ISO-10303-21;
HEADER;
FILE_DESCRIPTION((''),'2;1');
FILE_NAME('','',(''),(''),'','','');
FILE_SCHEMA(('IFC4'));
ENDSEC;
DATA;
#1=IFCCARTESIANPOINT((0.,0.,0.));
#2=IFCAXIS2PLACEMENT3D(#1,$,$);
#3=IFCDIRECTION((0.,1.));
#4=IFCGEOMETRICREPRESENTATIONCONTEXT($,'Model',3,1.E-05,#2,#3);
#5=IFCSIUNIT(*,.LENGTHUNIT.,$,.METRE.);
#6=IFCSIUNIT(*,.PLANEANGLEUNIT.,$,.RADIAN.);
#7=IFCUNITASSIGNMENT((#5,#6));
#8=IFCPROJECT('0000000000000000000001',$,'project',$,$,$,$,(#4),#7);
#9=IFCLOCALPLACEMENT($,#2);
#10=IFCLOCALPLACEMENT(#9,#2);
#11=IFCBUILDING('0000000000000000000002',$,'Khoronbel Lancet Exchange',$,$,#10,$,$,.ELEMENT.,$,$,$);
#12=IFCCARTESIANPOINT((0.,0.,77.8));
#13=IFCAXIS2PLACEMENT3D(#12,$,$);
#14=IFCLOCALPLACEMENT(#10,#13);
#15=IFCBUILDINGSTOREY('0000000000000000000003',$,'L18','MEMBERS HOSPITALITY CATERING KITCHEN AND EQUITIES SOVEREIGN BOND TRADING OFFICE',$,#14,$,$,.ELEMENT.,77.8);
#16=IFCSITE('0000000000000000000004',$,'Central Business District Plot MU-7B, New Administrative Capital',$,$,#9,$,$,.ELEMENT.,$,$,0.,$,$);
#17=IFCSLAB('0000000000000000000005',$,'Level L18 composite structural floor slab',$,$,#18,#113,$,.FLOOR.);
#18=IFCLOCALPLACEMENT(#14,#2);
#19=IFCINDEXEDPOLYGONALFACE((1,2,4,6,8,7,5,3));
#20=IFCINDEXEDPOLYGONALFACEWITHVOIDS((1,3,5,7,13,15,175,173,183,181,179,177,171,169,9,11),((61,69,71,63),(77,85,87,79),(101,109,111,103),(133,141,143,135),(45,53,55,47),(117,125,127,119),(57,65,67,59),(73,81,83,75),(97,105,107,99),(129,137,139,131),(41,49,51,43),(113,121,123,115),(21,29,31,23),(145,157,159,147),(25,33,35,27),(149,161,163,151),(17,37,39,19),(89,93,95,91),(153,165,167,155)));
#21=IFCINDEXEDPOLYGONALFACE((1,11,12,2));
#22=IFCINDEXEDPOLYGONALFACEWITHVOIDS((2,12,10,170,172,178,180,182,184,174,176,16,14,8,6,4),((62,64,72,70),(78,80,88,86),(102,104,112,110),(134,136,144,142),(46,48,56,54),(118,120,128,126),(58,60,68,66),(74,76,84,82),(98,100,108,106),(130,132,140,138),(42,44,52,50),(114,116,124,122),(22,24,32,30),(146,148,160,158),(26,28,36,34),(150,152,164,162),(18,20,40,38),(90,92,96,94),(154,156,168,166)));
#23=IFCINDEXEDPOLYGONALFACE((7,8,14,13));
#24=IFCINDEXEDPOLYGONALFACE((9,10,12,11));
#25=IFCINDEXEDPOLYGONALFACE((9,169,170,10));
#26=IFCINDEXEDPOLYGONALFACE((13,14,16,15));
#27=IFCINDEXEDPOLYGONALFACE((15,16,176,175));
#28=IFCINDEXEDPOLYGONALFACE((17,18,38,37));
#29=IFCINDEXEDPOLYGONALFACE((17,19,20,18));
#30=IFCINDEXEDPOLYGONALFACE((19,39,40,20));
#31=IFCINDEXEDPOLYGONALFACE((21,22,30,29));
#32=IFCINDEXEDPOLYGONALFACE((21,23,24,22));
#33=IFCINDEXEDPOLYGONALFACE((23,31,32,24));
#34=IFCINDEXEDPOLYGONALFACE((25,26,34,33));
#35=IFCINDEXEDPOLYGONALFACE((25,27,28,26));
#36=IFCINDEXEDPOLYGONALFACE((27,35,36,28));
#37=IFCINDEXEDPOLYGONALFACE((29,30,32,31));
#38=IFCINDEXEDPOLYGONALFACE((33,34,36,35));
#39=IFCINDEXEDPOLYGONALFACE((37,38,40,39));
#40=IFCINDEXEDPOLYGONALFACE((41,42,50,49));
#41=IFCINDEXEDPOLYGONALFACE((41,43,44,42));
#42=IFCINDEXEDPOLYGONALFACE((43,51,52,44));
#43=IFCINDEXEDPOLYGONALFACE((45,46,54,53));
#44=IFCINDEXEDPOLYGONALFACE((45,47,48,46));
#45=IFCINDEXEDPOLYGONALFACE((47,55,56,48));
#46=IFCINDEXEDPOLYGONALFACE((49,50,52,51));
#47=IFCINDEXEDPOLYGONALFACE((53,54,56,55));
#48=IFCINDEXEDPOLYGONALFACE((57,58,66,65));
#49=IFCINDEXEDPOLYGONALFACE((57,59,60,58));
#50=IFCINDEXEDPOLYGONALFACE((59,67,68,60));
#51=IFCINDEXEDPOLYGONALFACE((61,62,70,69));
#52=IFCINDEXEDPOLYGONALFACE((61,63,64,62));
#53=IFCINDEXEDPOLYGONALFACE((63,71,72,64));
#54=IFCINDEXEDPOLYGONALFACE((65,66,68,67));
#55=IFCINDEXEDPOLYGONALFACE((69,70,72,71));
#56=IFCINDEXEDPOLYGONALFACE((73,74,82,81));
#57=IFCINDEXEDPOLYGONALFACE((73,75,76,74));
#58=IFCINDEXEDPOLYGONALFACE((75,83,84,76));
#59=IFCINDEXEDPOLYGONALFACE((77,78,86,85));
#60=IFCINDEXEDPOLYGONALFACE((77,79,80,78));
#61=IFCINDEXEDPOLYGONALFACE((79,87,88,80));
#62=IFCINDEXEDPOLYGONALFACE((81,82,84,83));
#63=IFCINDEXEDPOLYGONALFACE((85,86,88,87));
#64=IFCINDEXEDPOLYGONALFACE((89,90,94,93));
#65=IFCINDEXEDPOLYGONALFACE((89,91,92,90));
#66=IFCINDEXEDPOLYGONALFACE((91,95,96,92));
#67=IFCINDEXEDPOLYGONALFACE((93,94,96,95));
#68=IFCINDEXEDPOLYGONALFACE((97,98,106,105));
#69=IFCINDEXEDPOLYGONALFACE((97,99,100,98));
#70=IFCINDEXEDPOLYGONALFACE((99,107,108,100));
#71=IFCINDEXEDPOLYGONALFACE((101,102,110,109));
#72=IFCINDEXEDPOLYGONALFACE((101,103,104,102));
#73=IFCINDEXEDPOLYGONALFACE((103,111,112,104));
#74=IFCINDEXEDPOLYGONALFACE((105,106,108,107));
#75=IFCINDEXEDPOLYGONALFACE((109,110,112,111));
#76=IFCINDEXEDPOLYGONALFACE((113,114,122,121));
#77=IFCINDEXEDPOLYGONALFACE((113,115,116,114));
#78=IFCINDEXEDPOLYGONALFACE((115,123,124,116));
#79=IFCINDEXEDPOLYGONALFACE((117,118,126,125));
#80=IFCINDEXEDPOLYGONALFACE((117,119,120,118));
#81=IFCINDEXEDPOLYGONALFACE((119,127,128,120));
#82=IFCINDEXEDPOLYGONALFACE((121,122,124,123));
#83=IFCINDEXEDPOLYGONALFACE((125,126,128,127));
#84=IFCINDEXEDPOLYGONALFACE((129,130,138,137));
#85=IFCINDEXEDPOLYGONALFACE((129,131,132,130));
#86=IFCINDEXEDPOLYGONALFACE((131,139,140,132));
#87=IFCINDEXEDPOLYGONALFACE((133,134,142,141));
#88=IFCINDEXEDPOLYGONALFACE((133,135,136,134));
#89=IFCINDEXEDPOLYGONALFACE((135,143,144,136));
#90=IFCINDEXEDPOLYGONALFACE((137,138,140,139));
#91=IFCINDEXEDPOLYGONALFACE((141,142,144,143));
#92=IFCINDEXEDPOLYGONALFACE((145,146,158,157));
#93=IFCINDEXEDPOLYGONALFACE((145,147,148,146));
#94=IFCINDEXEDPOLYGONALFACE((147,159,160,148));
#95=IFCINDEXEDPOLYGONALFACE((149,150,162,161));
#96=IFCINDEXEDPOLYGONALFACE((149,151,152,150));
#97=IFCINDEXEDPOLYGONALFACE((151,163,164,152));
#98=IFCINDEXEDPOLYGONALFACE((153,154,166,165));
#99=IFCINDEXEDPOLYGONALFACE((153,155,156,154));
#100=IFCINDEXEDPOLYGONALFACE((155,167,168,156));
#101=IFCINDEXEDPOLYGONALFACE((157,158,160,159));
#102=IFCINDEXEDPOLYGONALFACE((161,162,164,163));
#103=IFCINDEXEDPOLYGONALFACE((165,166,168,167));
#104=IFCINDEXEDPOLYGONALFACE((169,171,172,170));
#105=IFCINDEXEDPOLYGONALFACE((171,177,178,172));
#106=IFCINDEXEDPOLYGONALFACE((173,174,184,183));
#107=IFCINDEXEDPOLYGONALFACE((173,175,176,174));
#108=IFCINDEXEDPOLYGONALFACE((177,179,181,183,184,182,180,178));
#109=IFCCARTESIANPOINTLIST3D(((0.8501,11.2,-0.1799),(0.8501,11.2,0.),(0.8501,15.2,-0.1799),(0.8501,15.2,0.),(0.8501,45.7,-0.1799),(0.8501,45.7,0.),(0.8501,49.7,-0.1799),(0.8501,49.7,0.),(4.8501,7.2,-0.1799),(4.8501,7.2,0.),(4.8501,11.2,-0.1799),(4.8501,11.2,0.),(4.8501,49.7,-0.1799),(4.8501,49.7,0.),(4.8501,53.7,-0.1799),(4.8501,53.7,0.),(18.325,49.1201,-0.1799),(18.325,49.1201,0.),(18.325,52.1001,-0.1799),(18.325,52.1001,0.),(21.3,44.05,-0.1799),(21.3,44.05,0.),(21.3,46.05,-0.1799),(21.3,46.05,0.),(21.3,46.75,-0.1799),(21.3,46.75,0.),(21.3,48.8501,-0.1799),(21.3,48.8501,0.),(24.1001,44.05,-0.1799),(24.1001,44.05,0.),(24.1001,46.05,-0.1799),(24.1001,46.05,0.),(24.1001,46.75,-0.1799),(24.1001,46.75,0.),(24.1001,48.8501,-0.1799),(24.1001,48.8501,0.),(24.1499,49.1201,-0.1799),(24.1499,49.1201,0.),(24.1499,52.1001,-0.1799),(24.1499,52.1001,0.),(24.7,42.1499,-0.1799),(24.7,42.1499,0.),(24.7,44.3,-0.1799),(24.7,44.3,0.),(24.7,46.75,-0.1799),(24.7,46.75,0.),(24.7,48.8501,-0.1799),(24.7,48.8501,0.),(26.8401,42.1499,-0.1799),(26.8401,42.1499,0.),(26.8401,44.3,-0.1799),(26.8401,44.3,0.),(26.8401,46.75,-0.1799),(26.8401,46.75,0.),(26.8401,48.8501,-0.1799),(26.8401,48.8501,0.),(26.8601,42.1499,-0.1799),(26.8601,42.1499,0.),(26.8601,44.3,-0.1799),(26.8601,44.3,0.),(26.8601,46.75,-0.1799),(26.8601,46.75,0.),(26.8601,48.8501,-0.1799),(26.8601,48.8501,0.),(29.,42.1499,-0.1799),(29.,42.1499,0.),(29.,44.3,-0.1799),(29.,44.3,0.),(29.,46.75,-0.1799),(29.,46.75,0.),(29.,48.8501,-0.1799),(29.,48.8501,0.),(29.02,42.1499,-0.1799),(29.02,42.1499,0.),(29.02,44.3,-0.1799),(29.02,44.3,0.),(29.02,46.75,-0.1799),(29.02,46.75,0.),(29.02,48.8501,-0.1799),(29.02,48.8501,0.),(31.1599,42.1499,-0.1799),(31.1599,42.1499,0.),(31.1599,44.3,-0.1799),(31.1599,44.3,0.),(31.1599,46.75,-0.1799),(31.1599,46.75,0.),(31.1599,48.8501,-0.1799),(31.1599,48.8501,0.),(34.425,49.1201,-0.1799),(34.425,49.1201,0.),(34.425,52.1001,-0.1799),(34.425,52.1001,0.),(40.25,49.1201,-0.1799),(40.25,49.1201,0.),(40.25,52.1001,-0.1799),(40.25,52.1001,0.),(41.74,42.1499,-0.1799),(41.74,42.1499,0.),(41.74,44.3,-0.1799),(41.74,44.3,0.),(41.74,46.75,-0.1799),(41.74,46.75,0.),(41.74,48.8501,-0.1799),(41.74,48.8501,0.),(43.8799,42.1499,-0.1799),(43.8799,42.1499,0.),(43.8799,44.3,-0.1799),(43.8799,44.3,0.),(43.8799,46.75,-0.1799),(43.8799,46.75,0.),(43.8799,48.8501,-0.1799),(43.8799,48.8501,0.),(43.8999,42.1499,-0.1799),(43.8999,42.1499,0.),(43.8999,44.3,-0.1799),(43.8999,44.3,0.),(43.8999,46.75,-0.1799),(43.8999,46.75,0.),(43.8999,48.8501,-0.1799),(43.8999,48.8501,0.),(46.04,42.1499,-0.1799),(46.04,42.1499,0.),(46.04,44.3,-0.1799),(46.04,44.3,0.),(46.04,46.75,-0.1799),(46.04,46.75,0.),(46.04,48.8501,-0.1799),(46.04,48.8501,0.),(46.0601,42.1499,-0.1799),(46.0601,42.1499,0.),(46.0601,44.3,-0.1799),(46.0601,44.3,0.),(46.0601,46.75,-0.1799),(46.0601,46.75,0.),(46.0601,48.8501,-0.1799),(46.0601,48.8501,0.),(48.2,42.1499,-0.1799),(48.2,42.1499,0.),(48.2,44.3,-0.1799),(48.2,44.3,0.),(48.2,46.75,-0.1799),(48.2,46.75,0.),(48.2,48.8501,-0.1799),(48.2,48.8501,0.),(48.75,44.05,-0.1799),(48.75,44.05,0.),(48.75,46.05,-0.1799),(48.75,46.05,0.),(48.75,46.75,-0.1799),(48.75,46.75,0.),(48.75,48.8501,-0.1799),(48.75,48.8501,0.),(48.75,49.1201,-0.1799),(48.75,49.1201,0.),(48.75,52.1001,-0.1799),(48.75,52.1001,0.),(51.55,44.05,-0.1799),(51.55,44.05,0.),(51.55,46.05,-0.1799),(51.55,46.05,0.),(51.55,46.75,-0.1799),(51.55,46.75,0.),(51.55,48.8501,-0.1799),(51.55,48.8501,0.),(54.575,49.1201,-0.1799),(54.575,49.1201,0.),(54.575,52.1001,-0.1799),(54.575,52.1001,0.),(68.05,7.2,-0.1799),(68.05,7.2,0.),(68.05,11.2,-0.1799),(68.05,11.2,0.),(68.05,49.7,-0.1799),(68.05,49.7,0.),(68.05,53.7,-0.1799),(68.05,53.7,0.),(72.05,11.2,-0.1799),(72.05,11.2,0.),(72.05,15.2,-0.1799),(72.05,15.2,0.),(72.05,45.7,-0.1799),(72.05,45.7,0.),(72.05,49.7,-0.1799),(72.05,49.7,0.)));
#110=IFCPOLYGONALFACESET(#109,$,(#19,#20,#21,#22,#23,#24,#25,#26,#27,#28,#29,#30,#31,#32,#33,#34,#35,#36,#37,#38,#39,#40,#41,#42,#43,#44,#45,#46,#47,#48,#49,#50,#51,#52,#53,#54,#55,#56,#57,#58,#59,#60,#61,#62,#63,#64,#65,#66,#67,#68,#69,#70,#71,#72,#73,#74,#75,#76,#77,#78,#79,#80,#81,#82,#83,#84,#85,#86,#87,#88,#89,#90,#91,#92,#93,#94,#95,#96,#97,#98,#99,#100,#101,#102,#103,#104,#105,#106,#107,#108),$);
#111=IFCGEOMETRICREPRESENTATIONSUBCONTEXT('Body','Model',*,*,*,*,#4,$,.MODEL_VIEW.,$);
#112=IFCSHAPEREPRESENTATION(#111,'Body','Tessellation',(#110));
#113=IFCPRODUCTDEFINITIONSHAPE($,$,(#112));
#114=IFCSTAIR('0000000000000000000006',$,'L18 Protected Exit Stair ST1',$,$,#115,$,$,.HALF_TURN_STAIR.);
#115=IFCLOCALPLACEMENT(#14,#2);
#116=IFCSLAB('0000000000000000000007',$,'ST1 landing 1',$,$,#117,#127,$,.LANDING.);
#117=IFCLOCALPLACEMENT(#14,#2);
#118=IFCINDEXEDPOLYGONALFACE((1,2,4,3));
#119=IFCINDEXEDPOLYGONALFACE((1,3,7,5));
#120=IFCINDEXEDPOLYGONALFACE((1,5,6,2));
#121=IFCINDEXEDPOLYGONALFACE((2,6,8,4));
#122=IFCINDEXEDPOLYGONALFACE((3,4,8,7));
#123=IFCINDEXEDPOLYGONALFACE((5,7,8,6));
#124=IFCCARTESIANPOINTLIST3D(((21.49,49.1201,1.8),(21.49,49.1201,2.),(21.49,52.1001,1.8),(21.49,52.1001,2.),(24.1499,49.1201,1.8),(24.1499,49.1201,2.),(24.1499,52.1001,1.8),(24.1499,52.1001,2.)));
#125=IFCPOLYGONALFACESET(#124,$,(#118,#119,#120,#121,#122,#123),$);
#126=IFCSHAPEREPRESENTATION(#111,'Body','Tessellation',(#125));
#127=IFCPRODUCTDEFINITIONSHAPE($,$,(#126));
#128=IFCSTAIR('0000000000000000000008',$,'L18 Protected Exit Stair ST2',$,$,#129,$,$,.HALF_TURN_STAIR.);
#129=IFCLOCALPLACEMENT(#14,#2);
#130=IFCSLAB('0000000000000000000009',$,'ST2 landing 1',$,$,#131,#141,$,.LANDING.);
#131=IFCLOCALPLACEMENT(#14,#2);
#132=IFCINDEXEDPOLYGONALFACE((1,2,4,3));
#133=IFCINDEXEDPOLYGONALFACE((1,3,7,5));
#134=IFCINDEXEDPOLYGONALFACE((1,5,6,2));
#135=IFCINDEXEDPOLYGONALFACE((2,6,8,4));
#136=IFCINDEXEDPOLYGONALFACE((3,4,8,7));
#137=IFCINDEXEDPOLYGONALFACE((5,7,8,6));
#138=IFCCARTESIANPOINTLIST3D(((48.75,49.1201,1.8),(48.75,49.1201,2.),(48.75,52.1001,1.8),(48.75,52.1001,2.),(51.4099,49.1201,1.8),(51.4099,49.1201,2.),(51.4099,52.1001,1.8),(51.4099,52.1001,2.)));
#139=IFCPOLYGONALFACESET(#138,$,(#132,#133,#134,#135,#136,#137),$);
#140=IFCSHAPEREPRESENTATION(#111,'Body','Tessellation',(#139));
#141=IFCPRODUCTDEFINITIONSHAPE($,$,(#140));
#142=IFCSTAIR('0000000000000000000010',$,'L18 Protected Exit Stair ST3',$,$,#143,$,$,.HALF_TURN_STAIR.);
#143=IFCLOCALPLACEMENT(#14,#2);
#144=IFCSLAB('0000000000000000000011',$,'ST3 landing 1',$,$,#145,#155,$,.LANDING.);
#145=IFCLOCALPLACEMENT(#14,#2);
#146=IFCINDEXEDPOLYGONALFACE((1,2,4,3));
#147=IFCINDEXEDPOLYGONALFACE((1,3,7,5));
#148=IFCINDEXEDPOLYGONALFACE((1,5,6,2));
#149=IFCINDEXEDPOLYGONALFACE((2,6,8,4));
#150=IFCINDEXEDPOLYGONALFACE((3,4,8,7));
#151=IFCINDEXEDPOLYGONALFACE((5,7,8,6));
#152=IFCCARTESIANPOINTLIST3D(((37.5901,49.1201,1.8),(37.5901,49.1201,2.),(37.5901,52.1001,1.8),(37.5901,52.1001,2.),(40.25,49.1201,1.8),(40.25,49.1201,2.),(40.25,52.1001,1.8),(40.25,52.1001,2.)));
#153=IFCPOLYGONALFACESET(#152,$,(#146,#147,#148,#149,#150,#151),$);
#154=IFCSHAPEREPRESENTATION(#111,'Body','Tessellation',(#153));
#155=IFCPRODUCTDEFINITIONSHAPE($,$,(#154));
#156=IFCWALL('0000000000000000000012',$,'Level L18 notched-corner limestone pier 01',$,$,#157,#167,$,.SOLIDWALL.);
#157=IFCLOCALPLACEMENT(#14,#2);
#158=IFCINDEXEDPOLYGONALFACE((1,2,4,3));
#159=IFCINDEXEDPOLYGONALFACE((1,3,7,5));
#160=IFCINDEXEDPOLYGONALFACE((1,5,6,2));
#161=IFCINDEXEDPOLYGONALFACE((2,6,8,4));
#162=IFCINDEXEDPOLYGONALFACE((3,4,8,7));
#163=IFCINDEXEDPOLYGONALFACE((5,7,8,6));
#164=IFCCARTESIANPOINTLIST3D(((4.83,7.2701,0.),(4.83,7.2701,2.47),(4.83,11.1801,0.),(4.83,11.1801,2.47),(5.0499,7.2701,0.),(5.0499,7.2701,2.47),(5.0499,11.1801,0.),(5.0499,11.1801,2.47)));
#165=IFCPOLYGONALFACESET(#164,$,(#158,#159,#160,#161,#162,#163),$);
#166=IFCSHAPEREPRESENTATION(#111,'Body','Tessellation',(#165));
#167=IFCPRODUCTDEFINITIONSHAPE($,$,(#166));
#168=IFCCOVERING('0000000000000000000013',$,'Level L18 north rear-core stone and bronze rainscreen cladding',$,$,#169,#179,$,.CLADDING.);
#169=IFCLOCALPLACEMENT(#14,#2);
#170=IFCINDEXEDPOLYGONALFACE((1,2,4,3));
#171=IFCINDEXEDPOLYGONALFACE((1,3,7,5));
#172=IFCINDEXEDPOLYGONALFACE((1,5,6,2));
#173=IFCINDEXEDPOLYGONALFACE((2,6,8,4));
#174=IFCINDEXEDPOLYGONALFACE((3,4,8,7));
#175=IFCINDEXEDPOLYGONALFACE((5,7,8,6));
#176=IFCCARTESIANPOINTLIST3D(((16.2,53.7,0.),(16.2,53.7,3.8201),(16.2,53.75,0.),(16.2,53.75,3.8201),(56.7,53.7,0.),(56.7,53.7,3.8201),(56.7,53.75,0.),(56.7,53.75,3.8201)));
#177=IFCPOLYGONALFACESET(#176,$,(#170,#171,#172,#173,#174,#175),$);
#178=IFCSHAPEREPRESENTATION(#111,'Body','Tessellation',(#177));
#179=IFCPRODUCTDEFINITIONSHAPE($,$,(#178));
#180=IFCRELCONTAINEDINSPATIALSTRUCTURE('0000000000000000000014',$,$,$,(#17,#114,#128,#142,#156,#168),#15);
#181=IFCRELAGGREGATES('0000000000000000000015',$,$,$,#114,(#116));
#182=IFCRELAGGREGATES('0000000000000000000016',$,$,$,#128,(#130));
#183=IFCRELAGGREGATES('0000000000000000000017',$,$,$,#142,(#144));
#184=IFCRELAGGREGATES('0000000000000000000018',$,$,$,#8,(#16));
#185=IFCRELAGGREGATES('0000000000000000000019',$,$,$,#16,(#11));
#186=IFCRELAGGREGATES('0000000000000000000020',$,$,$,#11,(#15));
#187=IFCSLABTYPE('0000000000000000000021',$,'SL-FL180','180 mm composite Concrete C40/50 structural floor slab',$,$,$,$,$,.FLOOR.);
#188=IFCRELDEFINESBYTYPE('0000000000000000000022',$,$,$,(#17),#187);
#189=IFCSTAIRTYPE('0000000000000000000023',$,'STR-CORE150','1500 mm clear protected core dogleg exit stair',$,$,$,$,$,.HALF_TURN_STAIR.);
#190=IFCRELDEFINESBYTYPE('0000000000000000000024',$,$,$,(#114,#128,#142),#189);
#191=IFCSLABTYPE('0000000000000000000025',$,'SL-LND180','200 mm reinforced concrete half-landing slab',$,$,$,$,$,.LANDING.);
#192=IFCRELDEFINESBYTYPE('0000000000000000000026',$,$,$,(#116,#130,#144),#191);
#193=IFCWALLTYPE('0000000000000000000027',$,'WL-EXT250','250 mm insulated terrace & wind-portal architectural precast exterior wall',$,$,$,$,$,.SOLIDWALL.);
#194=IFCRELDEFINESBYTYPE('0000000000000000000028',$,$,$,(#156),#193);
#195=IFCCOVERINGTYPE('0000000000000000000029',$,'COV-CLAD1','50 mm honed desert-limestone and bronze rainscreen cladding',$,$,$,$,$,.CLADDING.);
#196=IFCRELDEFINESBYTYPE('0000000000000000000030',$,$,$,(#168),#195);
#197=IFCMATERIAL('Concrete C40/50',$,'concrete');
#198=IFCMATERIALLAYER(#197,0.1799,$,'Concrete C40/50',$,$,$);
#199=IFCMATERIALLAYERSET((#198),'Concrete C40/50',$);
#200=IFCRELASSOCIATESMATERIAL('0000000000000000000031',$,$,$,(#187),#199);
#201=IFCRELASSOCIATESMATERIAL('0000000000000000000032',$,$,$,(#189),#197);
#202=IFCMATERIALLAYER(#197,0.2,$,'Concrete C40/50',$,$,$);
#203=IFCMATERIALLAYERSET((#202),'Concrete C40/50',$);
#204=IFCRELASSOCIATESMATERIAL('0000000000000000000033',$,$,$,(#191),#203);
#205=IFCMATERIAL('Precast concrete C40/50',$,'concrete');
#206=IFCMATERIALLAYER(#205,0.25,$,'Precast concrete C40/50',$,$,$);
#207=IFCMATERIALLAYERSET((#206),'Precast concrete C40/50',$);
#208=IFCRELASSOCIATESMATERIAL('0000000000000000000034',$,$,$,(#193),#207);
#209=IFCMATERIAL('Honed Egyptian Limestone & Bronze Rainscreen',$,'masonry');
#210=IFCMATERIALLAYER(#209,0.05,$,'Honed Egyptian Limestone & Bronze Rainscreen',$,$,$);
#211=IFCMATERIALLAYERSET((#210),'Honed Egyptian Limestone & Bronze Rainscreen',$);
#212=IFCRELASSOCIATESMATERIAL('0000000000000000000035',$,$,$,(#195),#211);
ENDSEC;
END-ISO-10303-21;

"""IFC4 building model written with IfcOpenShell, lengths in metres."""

from ifc_helpers import new_model, si_unit, direction, frame, frame_2d, origin, place, context, subcontext, project, spatial, polyline, rectangle, outline, extrude, material, layer, layer_set, type_object, element, aggregate, save


model = new_model("IFC4")

# Units and contexts
model_context = context("Model", 3, precision=1e-05, world=origin(), true_north=direction((0.0, 1.0)))
body_context = subcontext(model_context, "Body", "Model", "MODEL_VIEW")
ifc_project = project(units=[si_unit("LENGTHUNIT", "METRE"), si_unit("PLANEANGLEUNIT", "RADIAN")], contexts=[model_context])

# Site, building, storey
site_placement = place(None, origin())
site = spatial("IfcSite", under=ifc_project, at=site_placement, Name="Central Business District Plot MU-7B, New Administrative Capital", CompositionType="ELEMENT", RefElevation=0.0)
building_placement = place(site_placement, origin())
building = spatial("IfcBuilding", under=site, at=building_placement, Name="Khoronbel Lancet Exchange", CompositionType="ELEMENT")
storey_placement = place(building_placement, frame((0.0, 0.0, 77.8)))
storey = spatial("IfcBuildingStorey", under=building, at=storey_placement, Name="L18", Description="MEMBERS HOSPITALITY CATERING KITCHEN AND EQUITIES SOVEREIGN BOND TRADING OFFICE", CompositionType="ELEMENT", Elevation=77.8)

# Slab
ifc_material_1 = material(Name="Concrete C40/50", Category="concrete")
ifc_layer_1 = layer(ifc_material_1, 0.1799, Name="Concrete C40/50")
ifc_layer_set_1 = layer_set([ifc_layer_1], Name="Concrete C40/50")
slab_type_1 = type_object("IfcSlabType", Name="SL-FL180", Description="180 mm composite Concrete C40/50 structural floor slab", PredefinedType="FLOOR", material=ifc_layer_set_1)
slab_1_placement = place(storey_placement, frame((0.0, 0.0, -0.1799)))
element("IfcSlab", 1, at=slab_1_placement, inside=storey, type_object=slab_type_1, Name="Level L18 composite structural floor slab", PredefinedType="FLOOR", context=body_context, shape_type="SweptSolid", body=[
    extrude(outline(polyline([(4.8501, 7.2), (68.05, 7.2), (68.05, 11.2), (72.05, 11.2), (72.05, 15.2), (72.05, 45.7), (72.05, 49.7), (68.05, 49.7), (68.05, 53.7), (4.8501, 53.7), (4.8501, 49.7), (0.8501, 49.7), (0.8501, 45.7), (0.8501, 15.2), (0.8501, 11.2), (4.8501, 11.2), (4.8501, 7.2)]), holes=[polyline([(18.325, 49.1201), (24.1499, 49.1201), (24.1499, 52.1001), (18.325, 52.1001), (18.325, 49.1201)]), polyline([(48.75, 49.1201), (54.575, 49.1201), (54.575, 52.1001), (48.75, 52.1001), (48.75, 49.1201)]), polyline([(34.425, 49.1201), (40.25, 49.1201), (40.25, 52.1001), (34.425, 52.1001), (34.425, 49.1201)]), polyline([(24.7, 46.75), (26.8401, 46.75), (26.8401, 48.8501), (24.7, 48.8501), (24.7, 46.75)]), polyline([(26.8601, 46.75), (29.0, 46.75), (29.0, 48.8501), (26.8601, 48.8501), (26.8601, 46.75)]), polyline([(29.02, 46.75), (31.1599, 46.75), (31.1599, 48.8501), (29.02, 48.8501), (29.02, 46.75)]), polyline([(24.7, 42.1499), (26.8401, 42.1499), (26.8401, 44.3), (24.7, 44.3), (24.7, 42.1499)]), polyline([(26.8601, 42.1499), (29.0, 42.1499), (29.0, 44.3), (26.8601, 44.3), (26.8601, 42.1499)]), polyline([(29.02, 42.1499), (31.1599, 42.1499), (31.1599, 44.3), (29.02, 44.3), (29.02, 42.1499)]), polyline([(41.74, 46.75), (43.8799, 46.75), (43.8799, 48.8501), (41.74, 48.8501), (41.74, 46.75)]), polyline([(43.8999, 46.75), (46.04, 46.75), (46.04, 48.8501), (43.8999, 48.8501), (43.8999, 46.75)]), polyline([(46.0601, 46.75), (48.2, 46.75), (48.2, 48.8501), (46.0601, 48.8501), (46.0601, 46.75)]), polyline([(41.74, 42.1499), (43.8799, 42.1499), (43.8799, 44.3), (41.74, 44.3), (41.74, 42.1499)]), polyline([(43.8999, 42.1499), (46.04, 42.1499), (46.04, 44.3), (43.8999, 44.3), (43.8999, 42.1499)]), polyline([(46.0601, 42.1499), (48.2, 42.1499), (48.2, 44.3), (46.0601, 44.3), (46.0601, 42.1499)]), polyline([(21.3, 46.75), (24.1001, 46.75), (24.1001, 48.8501), (21.3, 48.8501), (21.3, 46.75)]), polyline([(48.75, 46.75), (51.55, 46.75), (51.55, 48.8501), (48.75, 48.8501), (48.75, 46.75)]), polyline([(21.3, 44.05), (24.1001, 44.05), (24.1001, 46.05), (21.3, 46.05), (21.3, 44.05)]), polyline([(48.75, 44.05), (51.55, 44.05), (51.55, 46.05), (48.75, 46.05), (48.75, 44.05)])]), origin(), (0.0, 0.0, 1.0), 0.1799),
])

# Stairs, slabs
stair_type = type_object("IfcStairType", Name="STR-CORE150", Description="1500 mm clear protected core dogleg exit stair", PredefinedType="HALF_TURN_STAIR", material=ifc_material_1)
stair_1_placement = place(storey_placement, origin())
stair_1 = element("IfcStair", 2, at=stair_1_placement, inside=storey, type_object=stair_type, Name="L18 Protected Exit Stair ST1", PredefinedType="HALF_TURN_STAIR")
ifc_layer_2 = layer(ifc_material_1, 0.2, Name="Concrete C40/50")
ifc_layer_set_2 = layer_set([ifc_layer_2], Name="Concrete C40/50")
slab_type_2 = type_object("IfcSlabType", Name="SL-LND180", Description="200 mm reinforced concrete half-landing slab", PredefinedType="LANDING", material=ifc_layer_set_2)
slab_2_placement = place(storey_placement, frame((0.0, 0.0, 1.8)))
slab_2 = element("IfcSlab", 3, at=slab_2_placement, type_object=slab_type_2, Name="ST1 landing 1", PredefinedType="LANDING", context=body_context, shape_type="SweptSolid", body=[
    extrude(outline(polyline([(21.49, 49.1201), (24.1499, 49.1201), (24.1499, 52.1001), (21.49, 52.1001), (21.49, 49.1201)])), origin(), (0.0, 0.0, 1.0), 0.2),
])
aggregate(stair_1, [slab_2])
stair_2_placement = place(storey_placement, origin())
stair_2 = element("IfcStair", 4, at=stair_2_placement, inside=storey, type_object=stair_type, Name="L18 Protected Exit Stair ST2", PredefinedType="HALF_TURN_STAIR")
slab_3_placement = place(storey_placement, frame((0.0, 0.0, 1.8)))
slab_3 = element("IfcSlab", 5, at=slab_3_placement, type_object=slab_type_2, Name="ST2 landing 1", PredefinedType="LANDING", context=body_context, shape_type="SweptSolid", body=[
    extrude(outline(polyline([(51.4099, 52.1001), (48.75, 52.1001), (48.75, 49.1201), (51.4099, 49.1201), (51.4099, 52.1001)])), origin(), (0.0, 0.0, 1.0), 0.2),
])
aggregate(stair_2, [slab_3])
stair_3_placement = place(storey_placement, origin())
stair_3 = element("IfcStair", 6, at=stair_3_placement, inside=storey, type_object=stair_type, Name="L18 Protected Exit Stair ST3", PredefinedType="HALF_TURN_STAIR")
slab_4_placement = place(storey_placement, frame((0.0, 0.0, 1.8)))
slab_4 = element("IfcSlab", 7, at=slab_4_placement, type_object=slab_type_2, Name="ST3 landing 1", PredefinedType="LANDING", context=body_context, shape_type="SweptSolid", body=[
    extrude(outline(polyline([(37.5901, 49.1201), (40.25, 49.1201), (40.25, 52.1001), (37.5901, 52.1001), (37.5901, 49.1201)])), origin(), (0.0, 0.0, 1.0), 0.2),
])
aggregate(stair_3, [slab_4])

# Wall
ifc_material_2 = material(Name="Precast concrete C40/50", Category="concrete")
ifc_layer_3 = layer(ifc_material_2, 0.25, Name="Precast concrete C40/50")
ifc_layer_set_3 = layer_set([ifc_layer_3], Name="Precast concrete C40/50")
wall_type = type_object("IfcWallType", Name="WL-EXT250", Description="250 mm insulated terrace & wind-portal architectural precast exterior wall", PredefinedType="SOLIDWALL", material=ifc_layer_set_3)
wall_placement = place(storey_placement, frame((4.9399, 7.27, 0.0), z_axis=(0.0, 0.0, 1.0), x_axis=(0.0, 1.0, 0.0)))
element("IfcWall", 8, at=wall_placement, inside=storey, type_object=wall_type, Name="Level L18 notched-corner limestone pier 01", PredefinedType="SOLIDWALL", context=body_context, shape_type="SweptSolid", body=[
    extrude(rectangle(XDim=3.9099, YDim=0.22, at=frame_2d((1.9551, 0.0))), origin(), (0.0, 0.0, 1.0), 2.47),
])

# Covering
ifc_material_3 = material(Name="Honed Egyptian Limestone & Bronze Rainscreen", Category="masonry")
ifc_layer_4 = layer(ifc_material_3, 0.05, Name="Honed Egyptian Limestone & Bronze Rainscreen")
ifc_layer_set_4 = layer_set([ifc_layer_4], Name="Honed Egyptian Limestone & Bronze Rainscreen")
covering_type = type_object("IfcCoveringType", Name="COV-CLAD1", Description="50 mm honed desert-limestone and bronze rainscreen cladding", PredefinedType="CLADDING", material=ifc_layer_set_4)
covering_placement = place(storey_placement, origin())
element("IfcCovering", 9, at=covering_placement, inside=storey, type_object=covering_type, Name="Level L18 north rear-core stone and bronze rainscreen cladding", PredefinedType="CLADDING", context=body_context, shape_type="SweptSolid", body=[
    extrude(outline(polyline([(16.2, 53.7), (56.7, 53.7), (56.7, 53.75), (16.2, 53.75), (16.2, 53.7)])), origin(), (0.0, 0.0, 1.0), 3.8201),
])

save(model, "model.ifc")
